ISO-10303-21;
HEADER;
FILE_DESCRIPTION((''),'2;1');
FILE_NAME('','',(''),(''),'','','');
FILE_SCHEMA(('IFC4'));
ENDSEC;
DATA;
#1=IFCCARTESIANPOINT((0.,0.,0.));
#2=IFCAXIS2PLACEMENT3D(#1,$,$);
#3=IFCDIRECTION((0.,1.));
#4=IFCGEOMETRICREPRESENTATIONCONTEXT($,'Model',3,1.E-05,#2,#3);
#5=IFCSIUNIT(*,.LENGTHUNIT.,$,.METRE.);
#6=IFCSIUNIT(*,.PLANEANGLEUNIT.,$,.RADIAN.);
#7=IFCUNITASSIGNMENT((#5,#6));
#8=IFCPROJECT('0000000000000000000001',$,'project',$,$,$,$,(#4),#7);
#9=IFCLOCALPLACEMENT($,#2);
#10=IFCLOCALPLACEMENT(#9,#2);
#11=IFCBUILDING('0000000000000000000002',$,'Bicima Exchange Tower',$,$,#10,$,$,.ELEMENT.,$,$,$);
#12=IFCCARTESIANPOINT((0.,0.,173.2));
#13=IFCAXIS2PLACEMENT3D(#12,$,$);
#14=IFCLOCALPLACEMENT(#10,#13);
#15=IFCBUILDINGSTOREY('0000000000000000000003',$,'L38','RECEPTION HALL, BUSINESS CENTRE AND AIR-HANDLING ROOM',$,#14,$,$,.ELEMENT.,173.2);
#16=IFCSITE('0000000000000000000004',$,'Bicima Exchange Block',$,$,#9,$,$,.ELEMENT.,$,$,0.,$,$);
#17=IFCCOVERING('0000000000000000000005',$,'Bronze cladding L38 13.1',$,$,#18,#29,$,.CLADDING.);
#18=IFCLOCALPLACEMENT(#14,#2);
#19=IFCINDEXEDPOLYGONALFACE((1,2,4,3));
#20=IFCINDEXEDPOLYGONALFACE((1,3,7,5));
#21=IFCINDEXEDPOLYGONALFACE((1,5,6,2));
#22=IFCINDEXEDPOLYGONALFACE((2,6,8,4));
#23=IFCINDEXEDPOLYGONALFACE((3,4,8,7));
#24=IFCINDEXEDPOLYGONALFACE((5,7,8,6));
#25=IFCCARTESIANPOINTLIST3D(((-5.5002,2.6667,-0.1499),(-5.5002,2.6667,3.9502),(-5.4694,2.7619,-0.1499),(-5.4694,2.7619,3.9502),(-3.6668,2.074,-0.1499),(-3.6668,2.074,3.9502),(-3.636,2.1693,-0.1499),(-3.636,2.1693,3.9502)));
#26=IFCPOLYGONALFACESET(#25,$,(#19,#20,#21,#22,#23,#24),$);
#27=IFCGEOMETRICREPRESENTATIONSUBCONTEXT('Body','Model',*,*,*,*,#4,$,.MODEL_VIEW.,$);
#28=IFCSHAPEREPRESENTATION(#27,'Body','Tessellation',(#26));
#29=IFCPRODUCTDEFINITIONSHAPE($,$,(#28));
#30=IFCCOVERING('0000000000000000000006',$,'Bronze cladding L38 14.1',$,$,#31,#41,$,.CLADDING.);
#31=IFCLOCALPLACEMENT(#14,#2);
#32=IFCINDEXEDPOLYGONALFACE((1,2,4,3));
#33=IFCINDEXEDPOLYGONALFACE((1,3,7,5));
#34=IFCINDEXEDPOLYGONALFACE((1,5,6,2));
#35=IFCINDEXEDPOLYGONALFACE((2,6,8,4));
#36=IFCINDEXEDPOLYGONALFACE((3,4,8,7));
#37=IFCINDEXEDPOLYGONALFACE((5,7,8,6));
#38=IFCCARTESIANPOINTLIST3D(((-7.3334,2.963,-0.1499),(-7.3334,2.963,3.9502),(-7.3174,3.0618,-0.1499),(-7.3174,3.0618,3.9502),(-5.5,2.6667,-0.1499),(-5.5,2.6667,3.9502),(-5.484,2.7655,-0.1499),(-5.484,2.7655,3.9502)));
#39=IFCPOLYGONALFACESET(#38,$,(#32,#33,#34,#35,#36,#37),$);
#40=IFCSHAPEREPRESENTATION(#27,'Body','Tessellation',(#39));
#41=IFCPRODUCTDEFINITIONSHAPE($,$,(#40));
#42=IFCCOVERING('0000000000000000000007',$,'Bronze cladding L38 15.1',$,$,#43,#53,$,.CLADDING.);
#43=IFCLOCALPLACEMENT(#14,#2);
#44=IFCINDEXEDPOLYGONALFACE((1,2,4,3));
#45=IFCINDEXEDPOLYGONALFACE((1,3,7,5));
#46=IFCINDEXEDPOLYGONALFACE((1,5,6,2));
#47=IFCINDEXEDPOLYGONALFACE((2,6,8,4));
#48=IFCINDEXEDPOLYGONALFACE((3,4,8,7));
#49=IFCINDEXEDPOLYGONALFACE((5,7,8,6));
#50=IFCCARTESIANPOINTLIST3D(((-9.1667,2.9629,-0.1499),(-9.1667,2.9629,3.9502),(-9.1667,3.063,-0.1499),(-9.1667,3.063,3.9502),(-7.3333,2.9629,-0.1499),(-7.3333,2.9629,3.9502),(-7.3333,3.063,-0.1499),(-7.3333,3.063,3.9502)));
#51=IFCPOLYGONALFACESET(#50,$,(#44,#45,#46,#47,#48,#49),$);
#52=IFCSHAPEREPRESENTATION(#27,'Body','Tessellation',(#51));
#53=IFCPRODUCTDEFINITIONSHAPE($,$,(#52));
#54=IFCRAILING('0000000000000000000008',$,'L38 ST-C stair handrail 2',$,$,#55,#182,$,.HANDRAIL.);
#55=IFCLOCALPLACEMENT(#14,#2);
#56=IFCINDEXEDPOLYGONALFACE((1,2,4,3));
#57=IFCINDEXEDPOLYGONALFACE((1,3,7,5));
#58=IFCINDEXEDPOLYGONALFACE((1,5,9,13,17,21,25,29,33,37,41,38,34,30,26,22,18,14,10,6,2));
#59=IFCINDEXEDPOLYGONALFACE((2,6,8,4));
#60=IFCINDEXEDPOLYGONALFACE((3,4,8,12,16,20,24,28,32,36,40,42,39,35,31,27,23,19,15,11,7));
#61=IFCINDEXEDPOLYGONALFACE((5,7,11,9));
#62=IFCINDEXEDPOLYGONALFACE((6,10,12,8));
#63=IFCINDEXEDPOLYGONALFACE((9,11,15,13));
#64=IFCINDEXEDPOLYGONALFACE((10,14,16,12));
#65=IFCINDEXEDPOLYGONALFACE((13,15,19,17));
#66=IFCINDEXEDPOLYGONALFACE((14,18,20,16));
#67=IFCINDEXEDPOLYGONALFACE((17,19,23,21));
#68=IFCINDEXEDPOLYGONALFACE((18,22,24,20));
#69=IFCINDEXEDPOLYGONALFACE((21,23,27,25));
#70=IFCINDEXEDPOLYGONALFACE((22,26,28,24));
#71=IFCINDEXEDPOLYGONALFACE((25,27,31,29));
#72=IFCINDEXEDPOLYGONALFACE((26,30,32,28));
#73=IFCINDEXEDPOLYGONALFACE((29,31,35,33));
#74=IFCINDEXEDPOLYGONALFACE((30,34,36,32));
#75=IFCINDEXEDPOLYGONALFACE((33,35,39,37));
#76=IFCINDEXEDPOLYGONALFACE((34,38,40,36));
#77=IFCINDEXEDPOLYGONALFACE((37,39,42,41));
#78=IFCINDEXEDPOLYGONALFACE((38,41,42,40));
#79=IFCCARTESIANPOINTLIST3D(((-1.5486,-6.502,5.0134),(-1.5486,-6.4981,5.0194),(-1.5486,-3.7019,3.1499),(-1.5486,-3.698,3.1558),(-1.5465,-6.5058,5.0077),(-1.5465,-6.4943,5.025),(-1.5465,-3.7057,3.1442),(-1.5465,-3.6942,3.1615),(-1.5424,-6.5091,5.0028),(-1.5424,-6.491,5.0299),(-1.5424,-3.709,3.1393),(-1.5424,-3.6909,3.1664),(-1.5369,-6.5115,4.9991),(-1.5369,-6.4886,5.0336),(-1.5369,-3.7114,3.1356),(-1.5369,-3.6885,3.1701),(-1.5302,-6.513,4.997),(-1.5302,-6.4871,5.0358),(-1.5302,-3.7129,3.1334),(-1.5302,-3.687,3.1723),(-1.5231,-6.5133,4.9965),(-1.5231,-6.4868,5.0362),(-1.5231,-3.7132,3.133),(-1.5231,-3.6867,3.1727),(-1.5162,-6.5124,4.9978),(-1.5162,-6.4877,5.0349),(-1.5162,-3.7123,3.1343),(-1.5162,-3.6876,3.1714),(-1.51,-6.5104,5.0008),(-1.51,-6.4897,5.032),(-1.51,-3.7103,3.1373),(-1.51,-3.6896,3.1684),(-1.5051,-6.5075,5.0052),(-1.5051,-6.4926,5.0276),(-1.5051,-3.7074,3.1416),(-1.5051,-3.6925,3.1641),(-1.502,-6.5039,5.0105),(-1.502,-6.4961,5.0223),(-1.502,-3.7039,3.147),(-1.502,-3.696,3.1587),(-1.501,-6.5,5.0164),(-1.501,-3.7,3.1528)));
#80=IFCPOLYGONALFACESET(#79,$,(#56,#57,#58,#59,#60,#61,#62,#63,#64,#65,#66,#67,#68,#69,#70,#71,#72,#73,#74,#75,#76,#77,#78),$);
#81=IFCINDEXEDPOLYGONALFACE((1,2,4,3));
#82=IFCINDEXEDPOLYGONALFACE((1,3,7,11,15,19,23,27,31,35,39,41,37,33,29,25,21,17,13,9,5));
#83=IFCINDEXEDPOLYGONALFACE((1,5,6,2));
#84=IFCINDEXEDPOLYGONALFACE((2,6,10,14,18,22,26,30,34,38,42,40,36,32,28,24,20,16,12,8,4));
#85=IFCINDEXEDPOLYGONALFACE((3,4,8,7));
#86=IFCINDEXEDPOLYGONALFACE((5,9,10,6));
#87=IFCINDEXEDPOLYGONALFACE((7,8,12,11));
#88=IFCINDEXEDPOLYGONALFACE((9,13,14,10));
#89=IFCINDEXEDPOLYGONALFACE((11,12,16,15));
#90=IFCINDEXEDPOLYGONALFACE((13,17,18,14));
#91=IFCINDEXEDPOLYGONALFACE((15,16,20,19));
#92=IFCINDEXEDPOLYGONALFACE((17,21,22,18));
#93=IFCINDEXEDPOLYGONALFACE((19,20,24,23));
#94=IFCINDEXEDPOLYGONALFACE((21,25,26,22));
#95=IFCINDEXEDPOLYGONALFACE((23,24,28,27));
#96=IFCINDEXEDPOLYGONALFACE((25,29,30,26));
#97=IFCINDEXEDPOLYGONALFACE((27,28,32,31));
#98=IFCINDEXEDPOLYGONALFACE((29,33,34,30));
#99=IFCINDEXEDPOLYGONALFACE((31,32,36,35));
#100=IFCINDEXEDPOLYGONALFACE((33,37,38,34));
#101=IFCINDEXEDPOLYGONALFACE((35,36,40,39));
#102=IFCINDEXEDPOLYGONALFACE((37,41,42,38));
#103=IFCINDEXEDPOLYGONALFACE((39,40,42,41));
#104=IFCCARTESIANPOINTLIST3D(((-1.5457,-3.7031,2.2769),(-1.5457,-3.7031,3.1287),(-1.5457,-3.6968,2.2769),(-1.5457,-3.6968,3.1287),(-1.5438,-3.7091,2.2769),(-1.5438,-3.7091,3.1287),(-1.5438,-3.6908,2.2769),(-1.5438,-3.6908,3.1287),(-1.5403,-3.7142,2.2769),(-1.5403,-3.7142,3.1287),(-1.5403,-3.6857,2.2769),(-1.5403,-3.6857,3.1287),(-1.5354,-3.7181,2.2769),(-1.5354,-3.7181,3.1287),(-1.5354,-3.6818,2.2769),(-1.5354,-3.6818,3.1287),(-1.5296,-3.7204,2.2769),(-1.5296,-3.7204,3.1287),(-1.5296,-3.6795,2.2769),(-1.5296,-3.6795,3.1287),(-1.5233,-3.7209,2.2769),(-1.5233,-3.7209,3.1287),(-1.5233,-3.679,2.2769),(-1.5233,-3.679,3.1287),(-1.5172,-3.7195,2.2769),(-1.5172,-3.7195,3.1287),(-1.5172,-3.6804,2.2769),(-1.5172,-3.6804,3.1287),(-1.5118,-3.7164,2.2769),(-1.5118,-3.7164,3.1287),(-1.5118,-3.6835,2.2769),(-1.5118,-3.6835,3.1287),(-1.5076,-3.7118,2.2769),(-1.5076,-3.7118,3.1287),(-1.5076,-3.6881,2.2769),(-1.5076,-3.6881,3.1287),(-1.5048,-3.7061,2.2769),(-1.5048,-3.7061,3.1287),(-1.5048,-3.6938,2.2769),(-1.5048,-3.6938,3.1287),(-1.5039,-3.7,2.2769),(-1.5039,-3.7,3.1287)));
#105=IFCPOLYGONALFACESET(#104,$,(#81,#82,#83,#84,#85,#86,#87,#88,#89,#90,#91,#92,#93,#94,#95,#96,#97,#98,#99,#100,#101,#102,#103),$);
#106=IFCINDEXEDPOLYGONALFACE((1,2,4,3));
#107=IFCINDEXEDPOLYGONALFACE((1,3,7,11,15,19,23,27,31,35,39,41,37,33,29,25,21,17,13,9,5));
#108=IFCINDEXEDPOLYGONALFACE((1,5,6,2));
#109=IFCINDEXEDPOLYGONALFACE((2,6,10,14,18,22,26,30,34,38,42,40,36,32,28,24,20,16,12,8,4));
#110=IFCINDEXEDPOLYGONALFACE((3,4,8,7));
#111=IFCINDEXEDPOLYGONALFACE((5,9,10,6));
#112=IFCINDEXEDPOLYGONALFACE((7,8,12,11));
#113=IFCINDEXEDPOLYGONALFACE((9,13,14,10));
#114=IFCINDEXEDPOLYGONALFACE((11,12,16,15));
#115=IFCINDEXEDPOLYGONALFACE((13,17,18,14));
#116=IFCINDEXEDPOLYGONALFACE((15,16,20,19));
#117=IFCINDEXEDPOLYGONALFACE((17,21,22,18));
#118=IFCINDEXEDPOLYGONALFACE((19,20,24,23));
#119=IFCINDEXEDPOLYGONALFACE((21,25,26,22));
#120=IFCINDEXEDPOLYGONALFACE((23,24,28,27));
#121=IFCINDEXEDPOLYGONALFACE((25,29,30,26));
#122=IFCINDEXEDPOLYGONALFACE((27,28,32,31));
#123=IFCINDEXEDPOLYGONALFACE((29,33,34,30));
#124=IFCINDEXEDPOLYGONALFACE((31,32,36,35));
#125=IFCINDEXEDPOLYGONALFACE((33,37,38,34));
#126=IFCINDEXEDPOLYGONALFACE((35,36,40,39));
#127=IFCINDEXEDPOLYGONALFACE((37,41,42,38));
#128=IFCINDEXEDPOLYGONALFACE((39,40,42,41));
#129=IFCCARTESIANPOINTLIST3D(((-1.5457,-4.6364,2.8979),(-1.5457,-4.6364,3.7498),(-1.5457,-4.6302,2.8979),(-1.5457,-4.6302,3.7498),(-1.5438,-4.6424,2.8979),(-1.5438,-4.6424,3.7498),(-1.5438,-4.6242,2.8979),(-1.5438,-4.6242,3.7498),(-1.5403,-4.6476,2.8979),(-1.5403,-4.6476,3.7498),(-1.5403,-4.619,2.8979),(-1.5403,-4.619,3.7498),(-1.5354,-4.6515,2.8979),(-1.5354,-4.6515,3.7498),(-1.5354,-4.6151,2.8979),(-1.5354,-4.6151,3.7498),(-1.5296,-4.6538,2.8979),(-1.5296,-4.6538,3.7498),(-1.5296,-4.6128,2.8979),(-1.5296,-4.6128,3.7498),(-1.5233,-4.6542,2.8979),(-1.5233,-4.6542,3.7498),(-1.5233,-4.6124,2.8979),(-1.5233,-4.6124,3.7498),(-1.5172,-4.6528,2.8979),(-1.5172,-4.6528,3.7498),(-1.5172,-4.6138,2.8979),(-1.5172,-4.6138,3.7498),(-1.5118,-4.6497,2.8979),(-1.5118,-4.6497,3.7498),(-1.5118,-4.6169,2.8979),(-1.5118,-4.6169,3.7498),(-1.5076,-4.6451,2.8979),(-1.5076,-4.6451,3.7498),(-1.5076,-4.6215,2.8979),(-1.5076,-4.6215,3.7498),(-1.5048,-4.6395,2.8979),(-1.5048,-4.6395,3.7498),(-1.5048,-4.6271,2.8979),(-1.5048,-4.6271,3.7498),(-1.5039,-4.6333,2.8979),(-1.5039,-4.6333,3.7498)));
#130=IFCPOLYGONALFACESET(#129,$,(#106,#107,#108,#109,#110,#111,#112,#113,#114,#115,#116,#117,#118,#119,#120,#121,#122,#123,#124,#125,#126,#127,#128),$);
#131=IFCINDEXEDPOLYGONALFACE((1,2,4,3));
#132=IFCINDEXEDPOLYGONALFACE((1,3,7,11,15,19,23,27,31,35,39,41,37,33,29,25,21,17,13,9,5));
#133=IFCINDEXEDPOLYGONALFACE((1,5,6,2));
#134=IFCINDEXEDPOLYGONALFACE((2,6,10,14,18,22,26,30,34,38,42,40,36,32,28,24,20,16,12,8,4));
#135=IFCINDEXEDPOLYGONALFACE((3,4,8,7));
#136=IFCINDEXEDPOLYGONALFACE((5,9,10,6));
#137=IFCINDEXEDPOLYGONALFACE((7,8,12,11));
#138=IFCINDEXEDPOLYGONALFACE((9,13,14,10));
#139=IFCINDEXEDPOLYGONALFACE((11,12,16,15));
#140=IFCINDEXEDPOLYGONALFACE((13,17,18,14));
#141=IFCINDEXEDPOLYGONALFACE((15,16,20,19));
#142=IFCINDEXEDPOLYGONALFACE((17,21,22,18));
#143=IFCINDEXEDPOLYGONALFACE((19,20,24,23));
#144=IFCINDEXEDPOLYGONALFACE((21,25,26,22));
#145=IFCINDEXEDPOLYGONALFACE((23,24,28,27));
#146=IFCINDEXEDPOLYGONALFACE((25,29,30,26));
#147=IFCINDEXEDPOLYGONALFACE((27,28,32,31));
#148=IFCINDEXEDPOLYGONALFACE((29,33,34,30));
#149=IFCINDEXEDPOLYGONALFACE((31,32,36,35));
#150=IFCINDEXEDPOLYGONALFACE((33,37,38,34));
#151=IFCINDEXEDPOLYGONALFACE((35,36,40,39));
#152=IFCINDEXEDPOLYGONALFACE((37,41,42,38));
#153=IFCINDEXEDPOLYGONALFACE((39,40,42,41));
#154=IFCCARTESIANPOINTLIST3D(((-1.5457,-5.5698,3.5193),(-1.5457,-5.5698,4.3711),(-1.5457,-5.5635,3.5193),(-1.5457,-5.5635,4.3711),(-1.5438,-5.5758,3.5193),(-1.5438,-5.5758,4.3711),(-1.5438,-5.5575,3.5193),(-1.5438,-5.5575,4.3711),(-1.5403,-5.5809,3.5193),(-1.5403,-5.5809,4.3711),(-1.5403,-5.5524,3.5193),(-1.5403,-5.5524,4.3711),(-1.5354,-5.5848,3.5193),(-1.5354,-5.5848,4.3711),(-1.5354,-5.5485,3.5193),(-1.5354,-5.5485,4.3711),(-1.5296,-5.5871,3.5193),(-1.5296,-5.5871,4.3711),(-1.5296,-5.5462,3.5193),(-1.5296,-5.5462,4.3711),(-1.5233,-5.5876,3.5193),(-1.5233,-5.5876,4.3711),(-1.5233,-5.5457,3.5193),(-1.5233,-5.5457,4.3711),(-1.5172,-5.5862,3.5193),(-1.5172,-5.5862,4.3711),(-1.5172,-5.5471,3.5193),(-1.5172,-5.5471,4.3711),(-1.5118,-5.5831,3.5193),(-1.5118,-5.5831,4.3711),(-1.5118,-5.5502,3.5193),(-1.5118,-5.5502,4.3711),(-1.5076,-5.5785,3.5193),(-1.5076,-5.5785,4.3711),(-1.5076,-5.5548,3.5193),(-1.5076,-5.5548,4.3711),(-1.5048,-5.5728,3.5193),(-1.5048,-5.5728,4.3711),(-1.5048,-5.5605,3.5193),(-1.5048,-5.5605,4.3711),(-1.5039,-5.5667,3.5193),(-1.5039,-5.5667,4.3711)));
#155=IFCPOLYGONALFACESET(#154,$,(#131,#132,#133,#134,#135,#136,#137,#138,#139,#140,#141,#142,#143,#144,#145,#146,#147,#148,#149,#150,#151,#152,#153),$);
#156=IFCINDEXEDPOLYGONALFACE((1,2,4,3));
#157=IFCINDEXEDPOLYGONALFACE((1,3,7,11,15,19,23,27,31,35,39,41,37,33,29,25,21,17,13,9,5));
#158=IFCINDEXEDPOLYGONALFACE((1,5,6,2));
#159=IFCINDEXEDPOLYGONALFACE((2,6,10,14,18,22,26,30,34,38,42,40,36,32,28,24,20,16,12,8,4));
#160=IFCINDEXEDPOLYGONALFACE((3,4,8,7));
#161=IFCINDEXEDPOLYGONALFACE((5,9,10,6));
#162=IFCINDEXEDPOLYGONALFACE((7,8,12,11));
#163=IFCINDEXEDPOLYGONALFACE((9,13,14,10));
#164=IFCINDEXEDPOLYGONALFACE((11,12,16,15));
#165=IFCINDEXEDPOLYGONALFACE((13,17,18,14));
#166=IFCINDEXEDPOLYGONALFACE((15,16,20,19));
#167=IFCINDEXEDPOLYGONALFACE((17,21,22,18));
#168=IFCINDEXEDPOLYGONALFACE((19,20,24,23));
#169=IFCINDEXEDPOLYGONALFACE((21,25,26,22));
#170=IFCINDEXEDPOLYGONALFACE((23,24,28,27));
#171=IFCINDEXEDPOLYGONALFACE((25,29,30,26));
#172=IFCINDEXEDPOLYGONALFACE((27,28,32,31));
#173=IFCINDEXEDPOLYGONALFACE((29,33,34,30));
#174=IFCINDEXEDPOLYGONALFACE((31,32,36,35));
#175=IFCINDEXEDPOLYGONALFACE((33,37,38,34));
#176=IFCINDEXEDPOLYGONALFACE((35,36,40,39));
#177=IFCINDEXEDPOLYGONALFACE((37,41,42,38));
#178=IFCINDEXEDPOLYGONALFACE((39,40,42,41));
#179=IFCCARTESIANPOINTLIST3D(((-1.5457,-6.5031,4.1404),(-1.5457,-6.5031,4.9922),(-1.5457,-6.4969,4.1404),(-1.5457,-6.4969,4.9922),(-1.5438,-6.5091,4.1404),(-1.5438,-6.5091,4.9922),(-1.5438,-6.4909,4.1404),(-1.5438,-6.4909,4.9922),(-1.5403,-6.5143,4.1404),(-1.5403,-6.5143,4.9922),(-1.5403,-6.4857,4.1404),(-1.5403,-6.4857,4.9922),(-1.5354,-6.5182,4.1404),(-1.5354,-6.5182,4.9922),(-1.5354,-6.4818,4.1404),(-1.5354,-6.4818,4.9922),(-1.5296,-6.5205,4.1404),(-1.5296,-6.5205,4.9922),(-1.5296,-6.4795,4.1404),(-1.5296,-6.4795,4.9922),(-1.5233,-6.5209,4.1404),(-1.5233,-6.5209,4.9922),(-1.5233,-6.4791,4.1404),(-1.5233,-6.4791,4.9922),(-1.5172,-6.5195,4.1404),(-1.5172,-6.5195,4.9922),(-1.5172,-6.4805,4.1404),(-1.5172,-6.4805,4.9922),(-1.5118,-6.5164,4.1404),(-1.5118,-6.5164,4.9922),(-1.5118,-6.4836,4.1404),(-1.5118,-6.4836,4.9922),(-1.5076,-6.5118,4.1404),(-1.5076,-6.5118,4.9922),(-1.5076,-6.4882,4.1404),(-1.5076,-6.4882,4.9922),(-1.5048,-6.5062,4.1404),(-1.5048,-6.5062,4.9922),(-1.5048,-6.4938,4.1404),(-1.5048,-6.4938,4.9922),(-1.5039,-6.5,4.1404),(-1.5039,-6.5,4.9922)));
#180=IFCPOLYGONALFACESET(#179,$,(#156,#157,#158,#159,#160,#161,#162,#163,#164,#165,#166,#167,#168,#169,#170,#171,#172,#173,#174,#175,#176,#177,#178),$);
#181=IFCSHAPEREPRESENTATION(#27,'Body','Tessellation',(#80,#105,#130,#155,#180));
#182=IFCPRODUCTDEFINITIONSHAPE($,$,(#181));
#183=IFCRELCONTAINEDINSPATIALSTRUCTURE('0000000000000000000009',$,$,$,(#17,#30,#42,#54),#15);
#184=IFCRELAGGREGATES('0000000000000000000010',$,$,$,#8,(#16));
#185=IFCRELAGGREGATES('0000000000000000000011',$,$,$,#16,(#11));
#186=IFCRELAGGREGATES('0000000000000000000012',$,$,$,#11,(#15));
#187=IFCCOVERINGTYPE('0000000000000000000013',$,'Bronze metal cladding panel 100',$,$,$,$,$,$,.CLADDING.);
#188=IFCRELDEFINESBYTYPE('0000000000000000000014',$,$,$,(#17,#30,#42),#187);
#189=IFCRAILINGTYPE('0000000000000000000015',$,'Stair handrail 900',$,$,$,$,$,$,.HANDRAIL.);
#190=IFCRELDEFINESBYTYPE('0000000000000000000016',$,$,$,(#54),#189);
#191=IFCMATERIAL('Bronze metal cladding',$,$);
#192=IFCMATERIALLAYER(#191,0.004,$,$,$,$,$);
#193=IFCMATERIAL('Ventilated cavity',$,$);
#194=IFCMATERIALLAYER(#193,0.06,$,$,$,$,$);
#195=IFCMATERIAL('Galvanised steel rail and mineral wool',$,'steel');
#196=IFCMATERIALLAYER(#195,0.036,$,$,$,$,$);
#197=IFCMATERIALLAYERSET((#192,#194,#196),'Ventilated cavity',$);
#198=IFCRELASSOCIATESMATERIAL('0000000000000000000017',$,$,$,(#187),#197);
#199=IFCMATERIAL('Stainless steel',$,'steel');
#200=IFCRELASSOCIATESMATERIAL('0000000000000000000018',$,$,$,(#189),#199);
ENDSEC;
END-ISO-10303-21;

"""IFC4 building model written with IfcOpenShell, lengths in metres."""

from ifc_helpers import new_model, si_unit, direction, frame, origin, origin_2d, place, context, subcontext, project, spatial, rectangle, circle, extrude, material, layer, layer_set, type_object, element, save


model = new_model("IFC4")

# Units and contexts
model_context = context("Model", 3, precision=1e-05, world=origin(), true_north=direction((0.0, 1.0)))
body_context = subcontext(model_context, "Body", "Model", "MODEL_VIEW")
ifc_project = project(units=[si_unit("LENGTHUNIT", "METRE"), si_unit("PLANEANGLEUNIT", "RADIAN")], contexts=[model_context])

# Site, building, storey
site_placement = place(None, origin())
site = spatial("IfcSite", under=ifc_project, at=site_placement, Name="Bicima Exchange Block", CompositionType="ELEMENT", RefElevation=0.0)
building_placement = place(site_placement, origin())
building = spatial("IfcBuilding", under=site, at=building_placement, Name="Bicima Exchange Tower", CompositionType="ELEMENT")
storey_placement = place(building_placement, frame((0.0, 0.0, 173.2)))
storey = spatial("IfcBuildingStorey", under=building, at=storey_placement, Name="L38", Description="RECEPTION HALL, BUSINESS CENTRE AND AIR-HANDLING ROOM", CompositionType="ELEMENT", Elevation=173.2)

# Coverings
ifc_material_1 = material(Name="Bronze metal cladding")
ifc_layer_1 = layer(ifc_material_1, 0.004)
ifc_material_2 = material(Name="Ventilated cavity")
ifc_layer_2 = layer(ifc_material_2, 0.06)
ifc_material_3 = material(Name="Galvanised steel rail and mineral wool", Category="steel")
ifc_layer_3 = layer(ifc_material_3, 0.036)
ifc_layer_set_1 = layer_set([ifc_layer_1, ifc_layer_2, ifc_layer_3], Name="Ventilated cavity")
covering_type = type_object("IfcCoveringType", Name="Bronze metal cladding panel 100", PredefinedType="CLADDING", material=ifc_layer_set_1)
covering_1_placement = place(storey_placement, frame((-4.5681, 2.418, -0.1499), z_axis=(0.0, 0.0, 1.0), x_axis=(-0.951525, 0.307573, 0.0)))
element("IfcCovering", 1, at=covering_1_placement, inside=storey, type_object=covering_type, Name="Bronze cladding L38 13.1", PredefinedType="CLADDING", context=body_context, shape_type="SweptSolid", body=[
    extrude(rectangle(XDim=1.9268, YDim=0.1001, at=origin_2d()), origin(), (0.0, 0.0, 1.0), 4.1001),
])
covering_2_placement = place(storey_placement, frame((-6.4087, 2.8643, -0.1499), z_axis=(0.0, 0.0, 1.0), x_axis=(-0.98719, 0.15955, 0.0)))
element("IfcCovering", 2, at=covering_2_placement, inside=storey, type_object=covering_type, Name="Bronze cladding L38 14.1", PredefinedType="CLADDING", context=body_context, shape_type="SweptSolid", body=[
    extrude(rectangle(XDim=1.8572, YDim=0.1001, at=origin_2d()), origin(), (0.0, 0.0, 1.0), 4.1001),
])
covering_3_placement = place(storey_placement, frame((-8.25, 3.0129, -0.1499), z_axis=(0.0, 0.0, 1.0), x_axis=(-1.0, 0.0, 0.0)))
element("IfcCovering", 3, at=covering_3_placement, inside=storey, type_object=covering_type, Name="Bronze cladding L38 15.1", PredefinedType="CLADDING", context=body_context, shape_type="SweptSolid", body=[
    extrude(rectangle(XDim=1.8335, YDim=0.1001, at=origin_2d()), origin(), (0.0, 0.0, 1.0), 4.1001),
])

# Railing
ifc_material_4 = material(Name="Stainless steel", Category="steel")
railing_type = type_object("IfcRailingType", Name="Stair handrail 900", PredefinedType="HANDRAIL", material=ifc_material_4)
railing_placement = place(storey_placement, frame((-1.5249, -3.7, 2.2769)))
element("IfcRailing", 4, at=railing_placement, inside=storey, type_object=railing_type, Name="L38 ST-C stair handrail 2", PredefinedType="HANDRAIL", context=body_context, shape_type="SweptSolid", body=[
    extrude(circle(Radius=0.0239, at=origin_2d()), frame((0.0, 0.0, 0.876), z_axis=(0.0, -0.832486, 0.554047), x_axis=(1.0, 0.0, 0.0)), (0.0, 0.0, 1.0), 3.3635),
    extrude(circle(Radius=0.021, at=origin_2d()), origin(), (0.0, 0.0, 1.0), 0.8518),
    extrude(circle(Radius=0.021, at=origin_2d()), frame((0.0, -0.9333, 0.6211)), (0.0, 0.0, 1.0), 0.8518),
    extrude(circle(Radius=0.021, at=origin_2d()), frame((0.0, -1.8667, 1.2424)), (0.0, 0.0, 1.0), 0.8518),
    extrude(circle(Radius=0.021, at=origin_2d()), frame((0.0, -2.8, 1.8635)), (0.0, 0.0, 1.0), 0.8518),
])

save(model, "model.ifc")
